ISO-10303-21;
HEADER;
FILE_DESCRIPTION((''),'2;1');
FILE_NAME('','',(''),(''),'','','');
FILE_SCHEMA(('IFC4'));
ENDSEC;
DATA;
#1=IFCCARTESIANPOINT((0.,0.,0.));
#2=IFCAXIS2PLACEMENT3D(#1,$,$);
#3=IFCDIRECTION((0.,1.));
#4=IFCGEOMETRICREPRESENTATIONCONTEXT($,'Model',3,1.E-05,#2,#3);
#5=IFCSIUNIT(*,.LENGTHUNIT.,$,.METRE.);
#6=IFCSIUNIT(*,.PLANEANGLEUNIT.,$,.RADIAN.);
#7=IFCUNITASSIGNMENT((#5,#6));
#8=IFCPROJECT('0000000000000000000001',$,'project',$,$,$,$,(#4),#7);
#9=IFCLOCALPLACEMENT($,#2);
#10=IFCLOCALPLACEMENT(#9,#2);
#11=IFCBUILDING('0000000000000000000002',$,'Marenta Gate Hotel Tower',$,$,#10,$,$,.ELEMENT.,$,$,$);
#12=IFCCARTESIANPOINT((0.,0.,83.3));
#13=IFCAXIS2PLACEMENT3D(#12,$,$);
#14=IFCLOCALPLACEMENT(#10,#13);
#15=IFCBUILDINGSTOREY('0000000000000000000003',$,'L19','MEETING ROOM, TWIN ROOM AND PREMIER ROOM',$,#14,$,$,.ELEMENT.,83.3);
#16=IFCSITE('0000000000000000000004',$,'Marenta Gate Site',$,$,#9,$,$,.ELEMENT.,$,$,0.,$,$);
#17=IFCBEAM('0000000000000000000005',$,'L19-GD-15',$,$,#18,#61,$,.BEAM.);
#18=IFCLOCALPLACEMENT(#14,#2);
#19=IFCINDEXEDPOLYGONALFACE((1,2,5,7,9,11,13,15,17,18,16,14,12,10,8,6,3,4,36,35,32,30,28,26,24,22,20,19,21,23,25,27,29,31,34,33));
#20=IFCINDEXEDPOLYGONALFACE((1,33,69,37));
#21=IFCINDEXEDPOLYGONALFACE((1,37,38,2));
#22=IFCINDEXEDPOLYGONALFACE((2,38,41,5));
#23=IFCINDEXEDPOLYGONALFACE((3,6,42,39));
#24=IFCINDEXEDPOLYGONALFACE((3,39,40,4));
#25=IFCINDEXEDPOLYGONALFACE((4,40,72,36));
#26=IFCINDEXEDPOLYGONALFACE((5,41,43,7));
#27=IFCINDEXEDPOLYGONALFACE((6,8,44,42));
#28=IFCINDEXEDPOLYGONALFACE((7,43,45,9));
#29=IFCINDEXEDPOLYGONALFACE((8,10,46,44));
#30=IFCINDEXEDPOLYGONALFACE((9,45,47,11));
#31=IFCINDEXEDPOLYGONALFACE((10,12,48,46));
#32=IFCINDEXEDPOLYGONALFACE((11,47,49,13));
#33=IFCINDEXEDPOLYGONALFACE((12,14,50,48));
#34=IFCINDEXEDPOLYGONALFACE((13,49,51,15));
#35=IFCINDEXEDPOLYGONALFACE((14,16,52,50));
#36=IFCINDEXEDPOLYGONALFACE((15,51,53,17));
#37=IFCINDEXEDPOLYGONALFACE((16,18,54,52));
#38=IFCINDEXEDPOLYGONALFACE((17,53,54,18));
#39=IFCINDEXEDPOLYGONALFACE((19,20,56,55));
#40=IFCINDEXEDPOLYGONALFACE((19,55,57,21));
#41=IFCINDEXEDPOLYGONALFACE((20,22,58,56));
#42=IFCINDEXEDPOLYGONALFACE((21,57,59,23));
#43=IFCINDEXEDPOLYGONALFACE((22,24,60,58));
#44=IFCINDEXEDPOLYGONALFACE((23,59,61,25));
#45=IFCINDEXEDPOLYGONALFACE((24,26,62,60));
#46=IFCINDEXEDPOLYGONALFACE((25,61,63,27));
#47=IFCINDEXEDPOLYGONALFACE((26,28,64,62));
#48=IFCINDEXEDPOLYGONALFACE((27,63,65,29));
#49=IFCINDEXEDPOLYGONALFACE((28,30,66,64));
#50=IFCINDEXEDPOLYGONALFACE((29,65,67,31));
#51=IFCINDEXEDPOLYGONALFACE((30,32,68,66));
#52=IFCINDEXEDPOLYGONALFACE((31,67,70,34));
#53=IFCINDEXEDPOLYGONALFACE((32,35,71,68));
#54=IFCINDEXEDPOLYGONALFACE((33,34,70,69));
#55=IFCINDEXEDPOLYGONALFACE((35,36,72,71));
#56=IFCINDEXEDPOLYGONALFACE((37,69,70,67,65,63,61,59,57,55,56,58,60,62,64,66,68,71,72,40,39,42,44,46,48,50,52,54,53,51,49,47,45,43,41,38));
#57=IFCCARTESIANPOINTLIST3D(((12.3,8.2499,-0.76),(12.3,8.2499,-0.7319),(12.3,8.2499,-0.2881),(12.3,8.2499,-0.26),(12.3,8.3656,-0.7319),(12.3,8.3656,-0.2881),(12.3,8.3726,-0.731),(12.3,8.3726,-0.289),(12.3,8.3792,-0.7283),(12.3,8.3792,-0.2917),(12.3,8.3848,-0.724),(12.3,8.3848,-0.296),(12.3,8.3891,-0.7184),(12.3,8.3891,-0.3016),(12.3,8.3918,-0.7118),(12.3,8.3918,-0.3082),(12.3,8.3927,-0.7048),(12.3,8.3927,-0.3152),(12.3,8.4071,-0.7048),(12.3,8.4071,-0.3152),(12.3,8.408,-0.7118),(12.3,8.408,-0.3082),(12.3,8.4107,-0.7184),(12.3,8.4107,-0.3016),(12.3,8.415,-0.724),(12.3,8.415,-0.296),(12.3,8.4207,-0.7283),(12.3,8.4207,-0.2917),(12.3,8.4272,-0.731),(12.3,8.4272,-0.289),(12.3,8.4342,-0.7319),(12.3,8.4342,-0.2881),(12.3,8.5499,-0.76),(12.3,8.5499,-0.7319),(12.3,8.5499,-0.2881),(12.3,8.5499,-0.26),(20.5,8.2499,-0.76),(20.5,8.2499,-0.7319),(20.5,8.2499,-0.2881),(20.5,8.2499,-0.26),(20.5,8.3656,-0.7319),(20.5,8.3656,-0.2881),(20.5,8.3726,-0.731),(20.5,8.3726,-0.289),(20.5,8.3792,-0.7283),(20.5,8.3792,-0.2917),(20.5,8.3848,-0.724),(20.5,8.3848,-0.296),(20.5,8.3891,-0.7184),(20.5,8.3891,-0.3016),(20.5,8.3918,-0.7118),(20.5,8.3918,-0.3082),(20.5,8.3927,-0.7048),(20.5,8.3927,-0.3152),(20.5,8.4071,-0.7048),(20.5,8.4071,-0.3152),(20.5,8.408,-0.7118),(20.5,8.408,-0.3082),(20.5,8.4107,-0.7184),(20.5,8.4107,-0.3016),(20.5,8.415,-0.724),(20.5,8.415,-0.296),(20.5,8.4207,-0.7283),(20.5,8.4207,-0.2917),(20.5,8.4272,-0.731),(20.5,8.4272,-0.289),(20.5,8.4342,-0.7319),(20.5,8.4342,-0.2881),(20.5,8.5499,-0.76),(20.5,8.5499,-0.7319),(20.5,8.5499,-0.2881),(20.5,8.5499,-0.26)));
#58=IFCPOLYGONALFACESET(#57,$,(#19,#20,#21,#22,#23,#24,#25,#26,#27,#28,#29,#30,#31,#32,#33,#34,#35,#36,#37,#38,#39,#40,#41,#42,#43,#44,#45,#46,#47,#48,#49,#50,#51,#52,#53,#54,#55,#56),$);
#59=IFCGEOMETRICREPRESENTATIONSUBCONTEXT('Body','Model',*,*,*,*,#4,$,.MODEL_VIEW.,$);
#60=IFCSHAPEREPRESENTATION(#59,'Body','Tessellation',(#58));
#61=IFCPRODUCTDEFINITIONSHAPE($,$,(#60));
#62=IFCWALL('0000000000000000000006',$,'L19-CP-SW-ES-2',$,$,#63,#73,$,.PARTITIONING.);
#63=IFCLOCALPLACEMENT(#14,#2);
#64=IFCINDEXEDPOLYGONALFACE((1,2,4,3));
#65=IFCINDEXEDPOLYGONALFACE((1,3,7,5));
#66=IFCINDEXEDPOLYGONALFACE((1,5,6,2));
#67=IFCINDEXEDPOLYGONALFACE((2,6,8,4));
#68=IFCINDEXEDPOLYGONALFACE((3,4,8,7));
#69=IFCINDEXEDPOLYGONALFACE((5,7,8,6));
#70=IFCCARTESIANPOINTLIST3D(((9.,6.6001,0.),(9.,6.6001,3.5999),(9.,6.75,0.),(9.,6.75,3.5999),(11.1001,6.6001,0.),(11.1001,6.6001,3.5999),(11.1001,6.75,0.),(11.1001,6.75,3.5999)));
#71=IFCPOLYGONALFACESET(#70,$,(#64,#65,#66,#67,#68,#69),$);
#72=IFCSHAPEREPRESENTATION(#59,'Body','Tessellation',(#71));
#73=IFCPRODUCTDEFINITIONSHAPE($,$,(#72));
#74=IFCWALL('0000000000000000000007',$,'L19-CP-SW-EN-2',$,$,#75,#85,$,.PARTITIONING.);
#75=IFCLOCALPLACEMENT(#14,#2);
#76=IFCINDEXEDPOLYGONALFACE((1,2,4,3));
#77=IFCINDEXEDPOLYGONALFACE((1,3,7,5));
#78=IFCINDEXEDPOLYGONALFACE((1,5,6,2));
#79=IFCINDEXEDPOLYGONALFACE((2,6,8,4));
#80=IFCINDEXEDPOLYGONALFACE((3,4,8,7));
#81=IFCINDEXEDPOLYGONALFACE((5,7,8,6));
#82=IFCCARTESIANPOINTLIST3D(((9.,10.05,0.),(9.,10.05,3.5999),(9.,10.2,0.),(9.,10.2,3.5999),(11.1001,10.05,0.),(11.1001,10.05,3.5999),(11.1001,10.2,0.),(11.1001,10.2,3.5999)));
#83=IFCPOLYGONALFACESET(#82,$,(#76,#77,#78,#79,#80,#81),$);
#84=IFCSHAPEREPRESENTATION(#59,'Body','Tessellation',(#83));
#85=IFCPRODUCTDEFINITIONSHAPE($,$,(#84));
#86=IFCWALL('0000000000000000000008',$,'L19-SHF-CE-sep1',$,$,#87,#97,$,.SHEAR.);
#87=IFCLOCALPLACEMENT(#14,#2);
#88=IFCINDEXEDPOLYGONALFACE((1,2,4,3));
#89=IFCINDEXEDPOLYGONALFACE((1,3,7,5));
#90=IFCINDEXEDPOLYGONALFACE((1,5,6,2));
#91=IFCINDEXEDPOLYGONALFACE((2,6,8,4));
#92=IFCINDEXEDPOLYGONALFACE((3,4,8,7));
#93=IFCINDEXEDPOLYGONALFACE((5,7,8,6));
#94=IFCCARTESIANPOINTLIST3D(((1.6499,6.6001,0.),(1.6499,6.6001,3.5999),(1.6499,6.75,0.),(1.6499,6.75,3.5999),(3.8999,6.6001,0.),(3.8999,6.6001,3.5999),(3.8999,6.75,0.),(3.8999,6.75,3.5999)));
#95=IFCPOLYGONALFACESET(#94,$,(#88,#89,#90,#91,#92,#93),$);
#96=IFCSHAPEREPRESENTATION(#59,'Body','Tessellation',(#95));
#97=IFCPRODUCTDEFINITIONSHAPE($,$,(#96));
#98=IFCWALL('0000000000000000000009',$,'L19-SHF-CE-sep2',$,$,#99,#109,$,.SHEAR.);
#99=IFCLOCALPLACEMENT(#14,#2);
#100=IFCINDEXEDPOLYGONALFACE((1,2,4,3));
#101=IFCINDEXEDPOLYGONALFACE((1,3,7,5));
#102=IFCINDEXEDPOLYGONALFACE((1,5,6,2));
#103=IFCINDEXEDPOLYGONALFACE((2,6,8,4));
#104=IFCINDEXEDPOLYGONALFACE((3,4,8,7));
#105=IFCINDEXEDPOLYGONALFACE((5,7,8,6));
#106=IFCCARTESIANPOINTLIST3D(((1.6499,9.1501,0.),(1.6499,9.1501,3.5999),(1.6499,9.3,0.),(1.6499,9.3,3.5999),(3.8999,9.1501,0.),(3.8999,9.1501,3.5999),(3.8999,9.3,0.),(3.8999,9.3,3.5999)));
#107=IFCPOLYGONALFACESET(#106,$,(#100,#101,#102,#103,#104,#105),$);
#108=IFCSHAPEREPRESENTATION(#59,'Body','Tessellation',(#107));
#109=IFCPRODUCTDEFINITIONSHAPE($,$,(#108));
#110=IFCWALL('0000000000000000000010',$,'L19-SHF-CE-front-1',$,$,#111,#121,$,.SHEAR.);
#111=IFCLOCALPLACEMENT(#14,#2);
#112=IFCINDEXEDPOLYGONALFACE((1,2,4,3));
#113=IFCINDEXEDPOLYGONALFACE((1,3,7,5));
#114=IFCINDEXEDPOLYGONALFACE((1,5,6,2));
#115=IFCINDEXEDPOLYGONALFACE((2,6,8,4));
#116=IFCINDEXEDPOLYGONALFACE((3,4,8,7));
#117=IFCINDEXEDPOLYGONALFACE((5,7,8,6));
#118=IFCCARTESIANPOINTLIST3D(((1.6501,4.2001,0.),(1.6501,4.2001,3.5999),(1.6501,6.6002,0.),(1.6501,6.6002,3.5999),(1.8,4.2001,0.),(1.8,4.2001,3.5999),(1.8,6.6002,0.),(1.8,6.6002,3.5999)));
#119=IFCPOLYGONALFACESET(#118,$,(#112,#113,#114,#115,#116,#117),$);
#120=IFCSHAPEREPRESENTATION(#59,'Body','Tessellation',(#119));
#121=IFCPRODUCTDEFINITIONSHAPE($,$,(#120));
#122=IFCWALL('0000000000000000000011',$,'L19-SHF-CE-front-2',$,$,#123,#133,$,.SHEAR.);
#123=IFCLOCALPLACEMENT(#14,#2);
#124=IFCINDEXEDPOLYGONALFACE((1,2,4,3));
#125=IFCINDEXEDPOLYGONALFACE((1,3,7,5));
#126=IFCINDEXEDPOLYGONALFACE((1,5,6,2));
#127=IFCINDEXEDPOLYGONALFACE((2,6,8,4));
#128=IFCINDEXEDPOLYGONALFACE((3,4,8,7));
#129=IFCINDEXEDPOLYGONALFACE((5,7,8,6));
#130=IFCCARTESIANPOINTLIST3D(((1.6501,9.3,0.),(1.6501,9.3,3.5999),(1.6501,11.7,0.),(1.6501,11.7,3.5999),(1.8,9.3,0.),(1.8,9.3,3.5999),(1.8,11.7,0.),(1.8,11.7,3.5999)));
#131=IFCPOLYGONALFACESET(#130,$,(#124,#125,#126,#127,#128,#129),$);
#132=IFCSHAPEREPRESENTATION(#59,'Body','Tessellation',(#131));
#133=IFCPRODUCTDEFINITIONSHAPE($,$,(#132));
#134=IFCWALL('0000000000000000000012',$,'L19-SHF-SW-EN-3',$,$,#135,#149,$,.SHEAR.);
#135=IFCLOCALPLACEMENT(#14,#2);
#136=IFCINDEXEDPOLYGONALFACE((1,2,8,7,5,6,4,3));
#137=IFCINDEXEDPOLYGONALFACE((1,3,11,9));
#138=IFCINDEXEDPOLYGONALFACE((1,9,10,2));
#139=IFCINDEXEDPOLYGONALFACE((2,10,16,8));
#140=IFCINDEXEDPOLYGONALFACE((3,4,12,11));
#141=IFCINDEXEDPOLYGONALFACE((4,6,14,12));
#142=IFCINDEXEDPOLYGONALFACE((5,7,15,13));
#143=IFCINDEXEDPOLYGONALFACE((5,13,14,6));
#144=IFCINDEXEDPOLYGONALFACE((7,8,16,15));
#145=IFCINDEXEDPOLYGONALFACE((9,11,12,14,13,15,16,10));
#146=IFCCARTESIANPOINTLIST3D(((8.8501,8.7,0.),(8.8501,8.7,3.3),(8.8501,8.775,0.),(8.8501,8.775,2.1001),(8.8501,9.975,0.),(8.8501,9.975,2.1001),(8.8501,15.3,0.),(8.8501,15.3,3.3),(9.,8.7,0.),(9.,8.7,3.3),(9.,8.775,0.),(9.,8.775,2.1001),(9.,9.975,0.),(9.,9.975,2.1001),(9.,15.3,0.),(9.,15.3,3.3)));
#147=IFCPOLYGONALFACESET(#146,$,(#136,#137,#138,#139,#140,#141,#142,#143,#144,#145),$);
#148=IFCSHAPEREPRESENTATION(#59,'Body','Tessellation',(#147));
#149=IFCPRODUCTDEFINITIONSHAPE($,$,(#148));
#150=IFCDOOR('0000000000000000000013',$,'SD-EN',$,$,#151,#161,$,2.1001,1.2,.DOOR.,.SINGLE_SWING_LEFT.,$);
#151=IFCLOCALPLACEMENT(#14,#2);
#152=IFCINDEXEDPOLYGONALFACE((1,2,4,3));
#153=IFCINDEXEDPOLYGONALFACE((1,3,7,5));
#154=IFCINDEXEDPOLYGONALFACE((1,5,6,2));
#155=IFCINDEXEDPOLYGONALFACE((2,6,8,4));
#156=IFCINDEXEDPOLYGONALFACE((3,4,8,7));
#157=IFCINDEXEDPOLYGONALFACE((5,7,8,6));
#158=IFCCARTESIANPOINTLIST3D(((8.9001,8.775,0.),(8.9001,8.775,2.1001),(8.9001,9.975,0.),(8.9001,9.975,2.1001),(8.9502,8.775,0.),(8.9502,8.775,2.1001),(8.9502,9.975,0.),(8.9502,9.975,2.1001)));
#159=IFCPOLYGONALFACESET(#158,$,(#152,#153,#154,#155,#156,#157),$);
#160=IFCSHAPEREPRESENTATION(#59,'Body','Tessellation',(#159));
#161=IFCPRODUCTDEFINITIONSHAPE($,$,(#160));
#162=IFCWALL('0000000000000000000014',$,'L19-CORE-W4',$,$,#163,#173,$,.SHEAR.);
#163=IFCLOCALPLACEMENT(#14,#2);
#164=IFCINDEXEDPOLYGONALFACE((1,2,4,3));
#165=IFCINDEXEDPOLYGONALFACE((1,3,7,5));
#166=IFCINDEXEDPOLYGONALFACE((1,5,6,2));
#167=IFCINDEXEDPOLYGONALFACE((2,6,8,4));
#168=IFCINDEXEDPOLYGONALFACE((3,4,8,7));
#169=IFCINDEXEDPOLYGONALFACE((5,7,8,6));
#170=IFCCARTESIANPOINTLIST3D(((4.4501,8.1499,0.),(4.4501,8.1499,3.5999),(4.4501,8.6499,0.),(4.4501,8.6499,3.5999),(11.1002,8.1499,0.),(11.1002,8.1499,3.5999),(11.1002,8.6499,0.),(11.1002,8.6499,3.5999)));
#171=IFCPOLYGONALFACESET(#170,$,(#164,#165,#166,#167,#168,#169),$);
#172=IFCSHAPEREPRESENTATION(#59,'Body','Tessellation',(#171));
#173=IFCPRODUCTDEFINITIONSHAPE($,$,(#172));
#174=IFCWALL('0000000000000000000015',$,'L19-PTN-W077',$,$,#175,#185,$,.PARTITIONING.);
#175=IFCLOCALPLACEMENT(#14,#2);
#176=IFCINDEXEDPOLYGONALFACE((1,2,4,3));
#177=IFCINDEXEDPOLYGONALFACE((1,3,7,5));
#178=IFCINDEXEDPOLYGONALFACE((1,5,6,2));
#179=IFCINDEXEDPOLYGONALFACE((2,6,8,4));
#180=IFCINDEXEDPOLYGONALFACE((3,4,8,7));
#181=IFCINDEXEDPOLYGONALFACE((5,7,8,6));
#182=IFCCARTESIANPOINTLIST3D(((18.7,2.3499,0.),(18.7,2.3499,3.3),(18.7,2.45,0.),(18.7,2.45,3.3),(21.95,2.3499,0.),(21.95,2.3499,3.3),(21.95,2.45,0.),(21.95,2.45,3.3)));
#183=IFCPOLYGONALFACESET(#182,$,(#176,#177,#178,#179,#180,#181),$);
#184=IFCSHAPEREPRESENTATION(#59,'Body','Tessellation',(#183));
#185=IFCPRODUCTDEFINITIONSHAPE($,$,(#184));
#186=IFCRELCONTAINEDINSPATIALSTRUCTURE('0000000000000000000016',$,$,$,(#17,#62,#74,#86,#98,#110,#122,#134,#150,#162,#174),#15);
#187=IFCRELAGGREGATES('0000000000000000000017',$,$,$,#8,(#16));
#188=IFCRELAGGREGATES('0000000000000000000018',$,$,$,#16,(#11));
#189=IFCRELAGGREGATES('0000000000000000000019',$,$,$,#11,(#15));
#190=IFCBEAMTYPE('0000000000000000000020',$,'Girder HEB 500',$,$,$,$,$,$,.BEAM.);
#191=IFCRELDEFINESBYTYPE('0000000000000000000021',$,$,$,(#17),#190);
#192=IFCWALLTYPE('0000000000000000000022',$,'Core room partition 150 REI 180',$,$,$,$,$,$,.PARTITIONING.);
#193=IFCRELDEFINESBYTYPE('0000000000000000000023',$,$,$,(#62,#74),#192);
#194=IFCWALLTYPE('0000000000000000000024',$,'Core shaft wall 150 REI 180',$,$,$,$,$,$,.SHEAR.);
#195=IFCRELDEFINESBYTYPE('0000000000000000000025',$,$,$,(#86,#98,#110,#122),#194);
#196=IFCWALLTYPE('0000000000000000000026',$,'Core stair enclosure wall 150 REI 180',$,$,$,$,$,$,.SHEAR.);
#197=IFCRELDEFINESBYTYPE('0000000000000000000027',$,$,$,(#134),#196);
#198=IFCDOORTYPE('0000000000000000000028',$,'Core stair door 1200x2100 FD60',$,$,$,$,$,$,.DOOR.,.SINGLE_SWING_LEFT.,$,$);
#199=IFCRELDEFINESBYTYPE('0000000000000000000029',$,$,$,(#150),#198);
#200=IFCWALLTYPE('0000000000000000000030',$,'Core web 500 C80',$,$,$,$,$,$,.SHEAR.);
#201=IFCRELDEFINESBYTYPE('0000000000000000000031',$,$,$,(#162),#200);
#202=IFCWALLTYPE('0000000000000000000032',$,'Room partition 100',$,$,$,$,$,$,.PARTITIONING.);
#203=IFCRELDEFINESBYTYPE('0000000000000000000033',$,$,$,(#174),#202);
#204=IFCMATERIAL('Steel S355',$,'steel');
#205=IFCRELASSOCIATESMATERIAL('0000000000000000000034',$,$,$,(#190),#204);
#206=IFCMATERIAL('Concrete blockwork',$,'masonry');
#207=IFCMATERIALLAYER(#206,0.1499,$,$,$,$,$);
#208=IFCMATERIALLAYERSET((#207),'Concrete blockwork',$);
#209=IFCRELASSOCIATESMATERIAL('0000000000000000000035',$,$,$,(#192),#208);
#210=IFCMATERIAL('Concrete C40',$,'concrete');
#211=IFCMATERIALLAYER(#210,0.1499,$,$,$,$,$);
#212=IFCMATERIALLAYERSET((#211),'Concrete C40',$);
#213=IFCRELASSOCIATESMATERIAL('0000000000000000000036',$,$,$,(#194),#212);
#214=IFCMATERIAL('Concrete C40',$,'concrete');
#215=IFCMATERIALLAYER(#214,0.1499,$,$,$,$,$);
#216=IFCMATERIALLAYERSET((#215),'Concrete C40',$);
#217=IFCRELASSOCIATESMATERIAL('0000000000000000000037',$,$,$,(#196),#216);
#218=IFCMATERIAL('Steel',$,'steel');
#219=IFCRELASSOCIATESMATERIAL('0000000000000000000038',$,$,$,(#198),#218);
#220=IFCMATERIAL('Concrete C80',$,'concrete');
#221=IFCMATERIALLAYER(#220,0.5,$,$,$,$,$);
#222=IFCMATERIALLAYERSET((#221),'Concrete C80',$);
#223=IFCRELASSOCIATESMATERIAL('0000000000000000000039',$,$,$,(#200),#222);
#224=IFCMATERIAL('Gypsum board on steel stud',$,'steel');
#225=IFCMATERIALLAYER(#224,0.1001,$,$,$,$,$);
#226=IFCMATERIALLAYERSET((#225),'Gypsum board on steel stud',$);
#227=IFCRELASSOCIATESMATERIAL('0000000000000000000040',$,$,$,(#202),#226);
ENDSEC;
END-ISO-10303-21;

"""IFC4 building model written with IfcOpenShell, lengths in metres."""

from ifc_helpers import new_model, si_unit, direction, frame, frame_2d, origin, origin_2d, place, context, subcontext, project, spatial, rectangle, i_section, extrude, material, layer, layer_set, material_profile, profile_set, type_object, element, fill, save


model = new_model("IFC4")

# Units and contexts
model_context = context("Model", 3, precision=1e-05, world=origin(), true_north=direction((0.0, 1.0)))
body_context = subcontext(model_context, "Body", "Model", "MODEL_VIEW")
ifc_project = project(units=[si_unit("LENGTHUNIT", "METRE"), si_unit("PLANEANGLEUNIT", "RADIAN")], contexts=[model_context])

# Site, building, storey
site_placement = place(None, origin())
site = spatial("IfcSite", under=ifc_project, at=site_placement, Name="Marenta Gate Site", CompositionType="ELEMENT", RefElevation=0.0)
building_placement = place(site_placement, origin())
building = spatial("IfcBuilding", under=site, at=building_placement, Name="Marenta Gate Hotel Tower", CompositionType="ELEMENT")
storey_placement = place(building_placement, frame((0.0, 0.0, 83.3)))
storey = spatial("IfcBuildingStorey", under=building, at=storey_placement, Name="L19", Description="MEETING ROOM, TWIN ROOM AND PREMIER ROOM", CompositionType="ELEMENT", Elevation=83.3)

# Beam
ifc_material_1 = material(Name="Steel S355", Category="steel")
ifc_material_profile = material_profile(ifc_material_1, i_section(OverallWidth=0.3, OverallDepth=0.5, WebThickness=0.0144, FlangeThickness=0.0281, FilletRadius=0.0271, at=origin_2d()), Name="HEB 500")
ifc_profile_set = profile_set([ifc_material_profile], Name="Steel S355")
beam_type = type_object("IfcBeamType", Name="Girder HEB 500", PredefinedType="BEAM", material=ifc_profile_set)
beam_placement = place(storey_placement, frame((12.3, 8.3999, -0.51), z_axis=(1.0, 0.0, 0.0), x_axis=(0.0, 1.0, 0.0)))
element("IfcBeam", 1, at=beam_placement, inside=storey, type_object=beam_type, Name="L19-GD-15", PredefinedType="BEAM", context=body_context, shape_type="SweptSolid", body=[
    extrude(i_section(OverallWidth=0.3, OverallDepth=0.5, WebThickness=0.0144, FlangeThickness=0.0281, FilletRadius=0.0271, at=origin_2d()), origin(), (0.0, 0.0, 1.0), 8.2),
])

# Walls
ifc_material_2 = material(Name="Concrete blockwork", Category="masonry")
ifc_layer_1 = layer(ifc_material_2, 0.1499)
ifc_layer_set_1 = layer_set([ifc_layer_1], Name="Concrete blockwork")
wall_type_1 = type_object("IfcWallType", Name="Core room partition 150 REI 180", PredefinedType="PARTITIONING", material=ifc_layer_set_1)
for number, where, z_axis, x_axis, name in (
    (2, (9.0, 6.675, 0.0), (0.0, 0.0, 1.0), (1.0, 0.0, 0.0), "L19-CP-SW-ES-2"),
    (3, (9.0, 10.125, 0.0), (0.0, 0.0, 1.0), (1.0, 0.0, 0.0), "L19-CP-SW-EN-2"),
):
    element("IfcWall", number, at=place(storey_placement, frame(where, z_axis=z_axis, x_axis=x_axis)), inside=storey, type_object=wall_type_1, Name=name, PredefinedType="PARTITIONING", context=body_context, shape_type="SweptSolid", body=[
        extrude(rectangle(XDim=2.1001, YDim=0.1499, at=frame_2d((1.05, 0.0))), origin(), (0.0, 0.0, 1.0), 3.5999),
    ])
ifc_material_3 = material(Name="Concrete C40", Category="concrete")
ifc_layer_2 = layer(ifc_material_3, 0.1499)
ifc_layer_set_2 = layer_set([ifc_layer_2], Name="Concrete C40")
wall_type_2 = type_object("IfcWallType", Name="Core shaft wall 150 REI 180", PredefinedType="SHEAR", material=ifc_layer_set_2)
for number, where, z_axis, x_axis, name in (
    (4, (1.6499, 6.675, 0.0), (0.0, 0.0, 1.0), (1.0, 0.0, 0.0), "L19-SHF-CE-sep1"),
    (5, (1.6499, 9.2251, 0.0), (0.0, 0.0, 1.0), (1.0, 0.0, 0.0), "L19-SHF-CE-sep2"),
):
    element("IfcWall", number, at=place(storey_placement, frame(where, z_axis=z_axis, x_axis=x_axis)), inside=storey, type_object=wall_type_2, Name=name, PredefinedType="SHEAR", context=body_context, shape_type="SweptSolid", body=[
        extrude(rectangle(XDim=2.25, YDim=0.1499, at=frame_2d((1.125, 0.0))), origin(), (0.0, 0.0, 1.0), 3.5999),
    ])
wall_1_placement = place(storey_placement, frame((1.7251, 4.2, 0.0), z_axis=(0.0, 0.0, 1.0), x_axis=(0.0, 1.0, 0.0)))
element("IfcWall", 6, at=wall_1_placement, inside=storey, type_object=wall_type_2, Name="L19-SHF-CE-front-1", PredefinedType="SHEAR", context=body_context, shape_type="SweptSolid", body=[
    extrude(rectangle(XDim=2.4001, YDim=0.1499, at=frame_2d((1.2002, 0.0))), origin(), (0.0, 0.0, 1.0), 3.5999),
])
wall_2_placement = place(storey_placement, frame((1.7251, 9.3, 0.0), z_axis=(0.0, 0.0, 1.0), x_axis=(0.0, 1.0, 0.0)))
element("IfcWall", 7, at=wall_2_placement, inside=storey, type_object=wall_type_2, Name="L19-SHF-CE-front-2", PredefinedType="SHEAR", context=body_context, shape_type="SweptSolid", body=[
    extrude(rectangle(XDim=2.3999, YDim=0.1499, at=frame_2d((1.2, 0.0))), origin(), (0.0, 0.0, 1.0), 3.5999),
])

# Wall, opening, door
ifc_material_4 = material(Name="Concrete C40", Category="concrete")
ifc_layer_3 = layer(ifc_material_4, 0.1499)
ifc_layer_set_3 = layer_set([ifc_layer_3], Name="Concrete C40")
wall_type_3 = type_object("IfcWallType", Name="Core stair enclosure wall 150 REI 180", PredefinedType="SHEAR", material=ifc_layer_set_3)
wall_3_placement = place(storey_placement, frame((8.925, 8.7, 0.0), z_axis=(0.0, 0.0, 1.0), x_axis=(0.0, 1.0, 0.0)))
wall_3 = element("IfcWall", 8, at=wall_3_placement, inside=storey, type_object=wall_type_3, Name="L19-SHF-SW-EN-3", PredefinedType="SHEAR", context=body_context, shape_type="SweptSolid", body=[
    extrude(rectangle(XDim=6.6001, YDim=0.1499, at=frame_2d((3.3, 0.0))), origin(), (0.0, 0.0, 1.0), 3.3),
])
opening_placement = place(wall_3_placement, frame((0.075, 0.0, 0.0)))
opening = element("IfcOpeningElement", 9, at=opening_placement, cuts=wall_3, PredefinedType="OPENING", context=body_context, shape_type="SweptSolid", body=[
    extrude(rectangle(XDim=1.2, YDim=2.1001, at=frame_2d((0.6001, 1.05))), frame((0.0, 0.075, 0.0), z_axis=(0.0, -1.0, 0.0), x_axis=(1.0, 0.0, 0.0)), (0.0, 0.0, 1.0), 0.1499),
])
ifc_material_5 = material(Name="Steel", Category="steel")
door_type = type_object("IfcDoorType", Name="Core stair door 1200x2100 FD60", OperationType="SINGLE_SWING_LEFT", PredefinedType="DOOR", material=ifc_material_5)
door_placement = place(opening_placement, origin())
door = element("IfcDoor", 10, at=door_placement, inside=storey, type_object=door_type, Name="SD-EN", OperationType="SINGLE_SWING_LEFT", OverallHeight=2.1001, OverallWidth=1.2, PredefinedType="DOOR", context=body_context, shape_type="SweptSolid", body=[
    extrude(rectangle(XDim=1.2, YDim=2.1001, at=frame_2d((0.6001, 1.05))), frame((0.0, 0.0249, 0.0), z_axis=(0.0, -1.0, 0.0), x_axis=(1.0, 0.0, 0.0)), (0.0, 0.0, 1.0), 0.05),
])
fill(opening, door)

# Walls
ifc_material_6 = material(Name="Concrete C80", Category="concrete")
ifc_layer_4 = layer(ifc_material_6, 0.5)
ifc_layer_set_4 = layer_set([ifc_layer_4], Name="Concrete C80")
wall_type_4 = type_object("IfcWallType", Name="Core web 500 C80", PredefinedType="SHEAR", material=ifc_layer_set_4)
wall_4_placement = place(storey_placement, frame((4.45, 8.3999, 0.0), z_axis=(0.0, 0.0, 1.0), x_axis=(1.0, 0.0, 0.0)))
element("IfcWall", 11, at=wall_4_placement, inside=storey, type_object=wall_type_4, Name="L19-CORE-W4", PredefinedType="SHEAR", context=body_context, shape_type="SweptSolid", body=[
    extrude(rectangle(XDim=6.6501, YDim=0.5, at=frame_2d((3.3252, 0.0))), origin(), (0.0, 0.0, 1.0), 3.5999),
])
ifc_material_7 = material(Name="Gypsum board on steel stud", Category="steel")
ifc_layer_5 = layer(ifc_material_7, 0.1001)
ifc_layer_set_5 = layer_set([ifc_layer_5], Name="Gypsum board on steel stud")
wall_type_5 = type_object("IfcWallType", Name="Room partition 100", PredefinedType="PARTITIONING", material=ifc_layer_set_5)
wall_5_placement = place(storey_placement, frame((18.7, 2.3999, 0.0), z_axis=(0.0, 0.0, 1.0), x_axis=(1.0, 0.0, 0.0)))
element("IfcWall", 12, at=wall_5_placement, inside=storey, type_object=wall_type_5, Name="L19-PTN-W077", PredefinedType="PARTITIONING", context=body_context, shape_type="SweptSolid", body=[
    extrude(rectangle(XDim=3.25, YDim=0.1001, at=frame_2d((1.625, 0.0))), origin(), (0.0, 0.0, 1.0), 3.3),
])

save(model, "model.ifc")
